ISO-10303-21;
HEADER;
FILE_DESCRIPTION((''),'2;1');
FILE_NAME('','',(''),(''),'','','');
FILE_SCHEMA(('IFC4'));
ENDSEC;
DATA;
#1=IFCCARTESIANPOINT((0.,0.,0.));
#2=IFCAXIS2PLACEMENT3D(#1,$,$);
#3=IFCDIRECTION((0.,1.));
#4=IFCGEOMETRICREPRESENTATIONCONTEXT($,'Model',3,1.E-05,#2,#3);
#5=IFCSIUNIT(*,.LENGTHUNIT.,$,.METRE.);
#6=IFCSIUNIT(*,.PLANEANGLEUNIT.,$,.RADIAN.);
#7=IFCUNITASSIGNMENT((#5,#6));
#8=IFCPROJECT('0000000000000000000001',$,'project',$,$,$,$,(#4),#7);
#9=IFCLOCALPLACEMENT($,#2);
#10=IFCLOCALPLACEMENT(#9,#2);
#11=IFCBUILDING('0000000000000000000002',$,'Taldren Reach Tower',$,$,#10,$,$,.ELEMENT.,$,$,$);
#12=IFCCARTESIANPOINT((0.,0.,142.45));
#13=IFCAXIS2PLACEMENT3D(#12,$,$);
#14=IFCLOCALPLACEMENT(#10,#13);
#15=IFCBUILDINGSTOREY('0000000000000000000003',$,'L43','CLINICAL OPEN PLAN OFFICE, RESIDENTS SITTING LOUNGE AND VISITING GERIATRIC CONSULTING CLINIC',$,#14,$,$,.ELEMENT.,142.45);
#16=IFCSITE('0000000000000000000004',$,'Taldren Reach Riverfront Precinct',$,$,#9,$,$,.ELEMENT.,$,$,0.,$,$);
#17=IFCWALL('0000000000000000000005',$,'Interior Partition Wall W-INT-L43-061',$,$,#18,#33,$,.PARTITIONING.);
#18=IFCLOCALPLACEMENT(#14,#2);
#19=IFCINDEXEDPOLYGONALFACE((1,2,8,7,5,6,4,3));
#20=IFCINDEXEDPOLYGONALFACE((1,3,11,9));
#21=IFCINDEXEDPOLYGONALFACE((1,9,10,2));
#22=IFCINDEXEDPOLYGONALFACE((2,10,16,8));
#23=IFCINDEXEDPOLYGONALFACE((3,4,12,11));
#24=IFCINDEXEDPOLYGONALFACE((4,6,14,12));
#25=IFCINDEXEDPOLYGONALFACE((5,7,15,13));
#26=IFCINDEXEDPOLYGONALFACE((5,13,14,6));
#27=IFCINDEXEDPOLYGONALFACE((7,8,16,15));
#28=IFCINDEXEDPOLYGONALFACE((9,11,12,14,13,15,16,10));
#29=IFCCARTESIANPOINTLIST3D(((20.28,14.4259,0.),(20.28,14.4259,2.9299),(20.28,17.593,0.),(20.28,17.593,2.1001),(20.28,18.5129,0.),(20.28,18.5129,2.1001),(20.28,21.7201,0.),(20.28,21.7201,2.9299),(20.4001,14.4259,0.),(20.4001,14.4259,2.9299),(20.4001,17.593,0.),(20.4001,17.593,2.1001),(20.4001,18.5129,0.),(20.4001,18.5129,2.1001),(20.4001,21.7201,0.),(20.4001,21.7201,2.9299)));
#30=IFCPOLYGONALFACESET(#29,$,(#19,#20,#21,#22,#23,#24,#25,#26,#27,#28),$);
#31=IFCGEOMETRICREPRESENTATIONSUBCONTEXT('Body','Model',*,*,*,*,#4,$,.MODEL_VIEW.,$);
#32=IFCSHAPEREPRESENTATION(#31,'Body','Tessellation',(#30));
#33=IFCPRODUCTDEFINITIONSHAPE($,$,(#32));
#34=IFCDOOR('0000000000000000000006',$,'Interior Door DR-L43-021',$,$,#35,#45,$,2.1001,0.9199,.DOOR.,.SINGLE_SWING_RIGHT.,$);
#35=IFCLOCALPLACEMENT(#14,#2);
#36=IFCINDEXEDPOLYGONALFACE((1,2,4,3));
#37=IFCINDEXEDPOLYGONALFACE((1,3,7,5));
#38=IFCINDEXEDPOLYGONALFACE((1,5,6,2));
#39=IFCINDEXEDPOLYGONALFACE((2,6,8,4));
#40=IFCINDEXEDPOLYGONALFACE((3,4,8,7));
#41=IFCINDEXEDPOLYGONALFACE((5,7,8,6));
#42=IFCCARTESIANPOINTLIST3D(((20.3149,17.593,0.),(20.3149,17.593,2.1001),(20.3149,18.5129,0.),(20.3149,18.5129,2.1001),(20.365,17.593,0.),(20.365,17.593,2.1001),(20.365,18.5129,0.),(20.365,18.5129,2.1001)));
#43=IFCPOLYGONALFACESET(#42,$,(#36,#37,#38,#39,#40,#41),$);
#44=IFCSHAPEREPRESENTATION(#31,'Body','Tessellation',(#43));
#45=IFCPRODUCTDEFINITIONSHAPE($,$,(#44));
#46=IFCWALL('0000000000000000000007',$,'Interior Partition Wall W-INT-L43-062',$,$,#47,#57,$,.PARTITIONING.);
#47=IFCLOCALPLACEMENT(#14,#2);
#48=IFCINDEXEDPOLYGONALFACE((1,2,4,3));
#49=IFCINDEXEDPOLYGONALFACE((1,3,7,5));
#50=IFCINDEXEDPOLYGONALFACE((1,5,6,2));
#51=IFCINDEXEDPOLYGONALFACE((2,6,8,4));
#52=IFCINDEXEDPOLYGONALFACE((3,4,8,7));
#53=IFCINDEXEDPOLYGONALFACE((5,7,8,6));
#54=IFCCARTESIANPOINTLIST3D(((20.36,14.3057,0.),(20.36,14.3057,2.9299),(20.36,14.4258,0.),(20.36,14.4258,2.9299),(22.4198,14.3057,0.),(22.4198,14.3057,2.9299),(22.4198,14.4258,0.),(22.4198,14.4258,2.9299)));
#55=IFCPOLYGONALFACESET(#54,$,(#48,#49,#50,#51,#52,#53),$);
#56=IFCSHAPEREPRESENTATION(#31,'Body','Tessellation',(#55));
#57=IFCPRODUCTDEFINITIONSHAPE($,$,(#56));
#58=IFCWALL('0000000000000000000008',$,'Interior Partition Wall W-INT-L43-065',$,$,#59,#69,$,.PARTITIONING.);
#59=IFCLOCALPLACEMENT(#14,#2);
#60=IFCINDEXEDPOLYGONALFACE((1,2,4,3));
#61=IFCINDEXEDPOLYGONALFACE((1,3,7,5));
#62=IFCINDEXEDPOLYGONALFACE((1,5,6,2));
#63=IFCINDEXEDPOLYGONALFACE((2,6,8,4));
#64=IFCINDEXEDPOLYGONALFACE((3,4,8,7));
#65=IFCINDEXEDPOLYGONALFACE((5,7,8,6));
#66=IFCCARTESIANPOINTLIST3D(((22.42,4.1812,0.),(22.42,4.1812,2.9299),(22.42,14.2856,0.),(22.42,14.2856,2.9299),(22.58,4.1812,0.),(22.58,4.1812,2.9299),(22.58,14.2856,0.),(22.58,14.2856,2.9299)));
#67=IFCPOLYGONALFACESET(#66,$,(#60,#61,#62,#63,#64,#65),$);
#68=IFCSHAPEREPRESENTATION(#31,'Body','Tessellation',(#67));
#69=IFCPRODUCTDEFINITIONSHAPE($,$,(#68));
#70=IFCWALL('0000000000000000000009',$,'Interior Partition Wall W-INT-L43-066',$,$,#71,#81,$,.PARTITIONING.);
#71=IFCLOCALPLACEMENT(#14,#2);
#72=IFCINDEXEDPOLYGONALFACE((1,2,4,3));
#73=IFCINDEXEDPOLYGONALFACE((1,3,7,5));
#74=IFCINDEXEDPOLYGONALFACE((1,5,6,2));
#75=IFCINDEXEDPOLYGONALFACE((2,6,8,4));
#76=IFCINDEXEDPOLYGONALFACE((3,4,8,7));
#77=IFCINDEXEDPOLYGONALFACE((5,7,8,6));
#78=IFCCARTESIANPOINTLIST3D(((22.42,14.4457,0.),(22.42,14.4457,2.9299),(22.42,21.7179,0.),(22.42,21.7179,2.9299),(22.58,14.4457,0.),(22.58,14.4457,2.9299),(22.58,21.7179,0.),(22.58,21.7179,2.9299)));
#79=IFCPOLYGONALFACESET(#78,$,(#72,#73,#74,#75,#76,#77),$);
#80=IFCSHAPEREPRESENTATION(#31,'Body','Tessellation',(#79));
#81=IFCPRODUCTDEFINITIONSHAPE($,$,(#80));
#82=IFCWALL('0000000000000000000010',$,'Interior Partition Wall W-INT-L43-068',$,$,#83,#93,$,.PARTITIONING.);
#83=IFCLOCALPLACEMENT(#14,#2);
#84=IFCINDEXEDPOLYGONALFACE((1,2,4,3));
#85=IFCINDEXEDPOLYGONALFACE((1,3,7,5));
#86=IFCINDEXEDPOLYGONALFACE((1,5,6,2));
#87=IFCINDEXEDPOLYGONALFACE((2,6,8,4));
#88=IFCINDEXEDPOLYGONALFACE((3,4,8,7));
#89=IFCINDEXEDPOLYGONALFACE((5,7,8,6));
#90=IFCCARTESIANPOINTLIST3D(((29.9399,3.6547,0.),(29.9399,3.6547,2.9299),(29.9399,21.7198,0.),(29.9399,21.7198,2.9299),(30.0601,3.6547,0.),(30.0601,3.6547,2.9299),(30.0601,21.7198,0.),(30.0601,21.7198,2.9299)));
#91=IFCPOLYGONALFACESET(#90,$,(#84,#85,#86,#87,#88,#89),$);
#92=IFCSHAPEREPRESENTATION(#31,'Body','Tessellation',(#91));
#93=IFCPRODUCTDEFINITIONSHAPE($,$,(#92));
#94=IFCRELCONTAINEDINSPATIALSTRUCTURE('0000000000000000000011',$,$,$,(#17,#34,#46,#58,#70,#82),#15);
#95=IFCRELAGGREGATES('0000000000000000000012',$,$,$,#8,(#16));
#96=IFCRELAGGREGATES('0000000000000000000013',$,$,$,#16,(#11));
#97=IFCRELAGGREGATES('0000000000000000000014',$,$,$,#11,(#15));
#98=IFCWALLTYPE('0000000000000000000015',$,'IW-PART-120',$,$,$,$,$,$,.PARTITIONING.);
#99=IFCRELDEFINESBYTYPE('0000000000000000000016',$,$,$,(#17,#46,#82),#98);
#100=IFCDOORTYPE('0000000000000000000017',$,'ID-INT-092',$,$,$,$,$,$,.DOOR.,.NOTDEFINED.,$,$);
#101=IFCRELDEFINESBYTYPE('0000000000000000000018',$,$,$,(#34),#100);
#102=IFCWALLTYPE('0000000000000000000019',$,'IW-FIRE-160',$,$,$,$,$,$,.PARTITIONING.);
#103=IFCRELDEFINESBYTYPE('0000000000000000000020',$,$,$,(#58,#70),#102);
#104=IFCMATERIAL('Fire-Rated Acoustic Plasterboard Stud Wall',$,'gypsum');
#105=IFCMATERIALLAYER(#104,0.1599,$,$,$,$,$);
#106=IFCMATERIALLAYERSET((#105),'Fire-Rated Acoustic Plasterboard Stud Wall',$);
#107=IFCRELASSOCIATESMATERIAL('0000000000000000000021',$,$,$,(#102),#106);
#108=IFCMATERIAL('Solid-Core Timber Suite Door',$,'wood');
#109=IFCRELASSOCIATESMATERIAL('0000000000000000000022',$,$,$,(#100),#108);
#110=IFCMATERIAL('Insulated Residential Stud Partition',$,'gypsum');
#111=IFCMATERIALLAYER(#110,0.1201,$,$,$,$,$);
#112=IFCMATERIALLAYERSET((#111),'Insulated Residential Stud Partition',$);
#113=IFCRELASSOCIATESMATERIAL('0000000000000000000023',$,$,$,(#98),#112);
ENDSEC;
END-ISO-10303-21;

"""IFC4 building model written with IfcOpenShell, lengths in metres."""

from ifc_helpers import new_model, si_unit, direction, frame, frame_2d, origin, place, context, subcontext, project, spatial, rectangle, extrude, source, transform, mapped, material, layer, layer_set, type_object, element, fill, save


model = new_model("IFC4")

# Units and contexts
model_context = context("Model", 3, precision=1e-05, world=origin(), true_north=direction((0.0, 1.0)))
body_context = subcontext(model_context, "Body", "Model", "MODEL_VIEW")
ifc_project = project(units=[si_unit("LENGTHUNIT", "METRE"), si_unit("PLANEANGLEUNIT", "RADIAN")], contexts=[model_context])

# Site, building, storey
site_placement = place(None, origin())
site = spatial("IfcSite", under=ifc_project, at=site_placement, Name="Taldren Reach Riverfront Precinct", CompositionType="ELEMENT", RefElevation=0.0)
building_placement = place(site_placement, origin())
building = spatial("IfcBuilding", under=site, at=building_placement, Name="Taldren Reach Tower", CompositionType="ELEMENT")
storey_placement = place(building_placement, frame((0.0, 0.0, 142.45)))
storey = spatial("IfcBuildingStorey", under=building, at=storey_placement, Name="L43", Description="CLINICAL OPEN PLAN OFFICE, RESIDENTS SITTING LOUNGE AND VISITING GERIATRIC CONSULTING CLINIC", CompositionType="ELEMENT", Elevation=142.45)

# Shared definitions
ifc_material_1 = material(Name="Fire-Rated Acoustic Plasterboard Stud Wall", Category="gypsum")
ifc_layer_1 = layer(ifc_material_1, 0.1599)
ifc_layer_set_1 = layer_set([ifc_layer_1], Name="Fire-Rated Acoustic Plasterboard Stud Wall")
wall_type_1 = type_object("IfcWallType", Name="IW-FIRE-160", PredefinedType="PARTITIONING", material=ifc_layer_set_1)
ifc_material_2 = material(Name="Solid-Core Timber Suite Door", Category="wood")
door_type = type_object("IfcDoorType", Name="ID-INT-092", OperationType="NOTDEFINED", PredefinedType="DOOR", material=ifc_material_2)
shared_shape_1 = source(origin(), body_context, "Body", "SweptSolid", [
    extrude(rectangle(XDim=0.9199, YDim=2.1001, at=frame_2d((0.46, 1.05))), frame((0.0, 0.0249, 0.0), z_axis=(0.0, -1.0, 0.0), x_axis=(1.0, 0.0, 0.0)), (0.0, 0.0, 1.0), 0.05),
])

# Wall, opening, door
ifc_material_3 = material(Name="Insulated Residential Stud Partition", Category="gypsum")
ifc_layer_2 = layer(ifc_material_3, 0.1201)
ifc_layer_set_2 = layer_set([ifc_layer_2], Name="Insulated Residential Stud Partition")
wall_type_2 = type_object("IfcWallType", Name="IW-PART-120", PredefinedType="PARTITIONING", material=ifc_layer_set_2)
shared_shape_2 = source(origin(), body_context, "Body", "SweptSolid", [
    extrude(rectangle(XDim=7.2942, YDim=0.1201, at=frame_2d((3.647, 0.0))), origin(), (0.0, 0.0, 1.0), 2.9299),
])
wall_1_placement = place(storey_placement, frame((20.3401, 21.72, 0.0), z_axis=(0.0, 0.0, 1.0), x_axis=(0.0, -1.0, 0.0)))
wall_1 = element("IfcWall", 1, at=wall_1_placement, inside=storey, type_object=wall_type_2, Name="Interior Partition Wall W-INT-L43-061", PredefinedType="PARTITIONING", context=body_context, shape_type="MappedRepresentation", body=[
    mapped(shared_shape_2, transform((0.0, 0.0, 0.0), scale=1.0)),
])
shared_shape_3 = source(origin(), body_context, "Body", "SweptSolid", [
    extrude(rectangle(XDim=0.9199, YDim=2.1001, at=frame_2d((0.46, 1.05))), frame((0.0, 0.0701, 0.0), z_axis=(0.0, -1.0, 0.0), x_axis=(1.0, 0.0, 0.0)), (0.0, 0.0, 1.0), 0.1401),
])
opening_1_placement = place(wall_1_placement, frame((3.207, 0.0, 0.0)))
opening_1 = element("IfcOpeningElement", 2, at=opening_1_placement, cuts=wall_1, PredefinedType="OPENING", context=body_context, shape_type="MappedRepresentation", body=[
    mapped(shared_shape_3, transform((0.0, 0.0, 0.0), scale=1.0)),
])
door_1_placement = place(opening_1_placement, origin())
door_1 = element("IfcDoor", 3, at=door_1_placement, inside=storey, type_object=door_type, Name="Interior Door DR-L43-021", OperationType="SINGLE_SWING_RIGHT", OverallHeight=2.1001, OverallWidth=0.9199, PredefinedType="DOOR", context=body_context, shape_type="MappedRepresentation", body=[
    mapped(shared_shape_1, transform((0.0, 0.0, 0.0), scale=1.0)),
])
fill(opening_1, door_1)

# Walls
shared_shape_4 = source(origin(), body_context, "Body", "SweptSolid", [
    extrude(rectangle(XDim=2.0598, YDim=0.1201, at=frame_2d((1.0298, 0.0))), origin(), (0.0, 0.0, 1.0), 2.9299),
])
wall_2_placement = place(storey_placement, frame((20.3601, 14.3657, 0.0), z_axis=(0.0, 0.0, 1.0), x_axis=(1.0, 0.0, 0.0)))
element("IfcWall", 4, at=wall_2_placement, inside=storey, type_object=wall_type_2, Name="Interior Partition Wall W-INT-L43-062", PredefinedType="PARTITIONING", context=body_context, shape_type="MappedRepresentation", body=[
    mapped(shared_shape_4, transform((0.0, 0.0, 0.0), scale=1.0)),
])
shared_shape_5 = source(origin(), body_context, "Body", "SweptSolid", [
    extrude(rectangle(XDim=10.1045, YDim=0.1599, at=frame_2d((5.0522, 0.0))), origin(), (0.0, 0.0, 1.0), 2.9299),
])
wall_3_placement = place(storey_placement, frame((22.5, 14.2856, 0.0), z_axis=(0.0, 0.0, 1.0), x_axis=(0.0, -1.0, 0.0)))
element("IfcWall", 5, at=wall_3_placement, inside=storey, type_object=wall_type_1, Name="Interior Partition Wall W-INT-L43-065", PredefinedType="PARTITIONING", context=body_context, shape_type="MappedRepresentation", body=[
    mapped(shared_shape_5, transform((0.0, 0.0, 0.0), scale=1.0)),
])
shared_shape_6 = source(origin(), body_context, "Body", "SweptSolid", [
    extrude(rectangle(XDim=7.2722, YDim=0.1599, at=frame_2d((3.6362, 0.0))), origin(), (0.0, 0.0, 1.0), 2.9299),
])
wall_4_placement = place(storey_placement, frame((22.5, 21.718, 0.0), z_axis=(0.0, 0.0, 1.0), x_axis=(0.0, -1.0, 0.0)))
element("IfcWall", 6, at=wall_4_placement, inside=storey, type_object=wall_type_1, Name="Interior Partition Wall W-INT-L43-066", PredefinedType="PARTITIONING", context=body_context, shape_type="MappedRepresentation", body=[
    mapped(shared_shape_6, transform((0.0, 0.0, 0.0), scale=1.0)),
])
shared_shape_7 = source(origin(), body_context, "Body", "SweptSolid", [
    extrude(rectangle(XDim=18.0652, YDim=0.1201, at=frame_2d((9.0327, 0.0))), origin(), (0.0, 0.0, 1.0), 2.9299),
])
wall_5_placement = place(storey_placement, frame((30.0, 21.72, 0.0), z_axis=(0.0, 0.0, 1.0), x_axis=(0.0, -1.0, 0.0)))
element("IfcWall", 7, at=wall_5_placement, inside=storey, type_object=wall_type_2, Name="Interior Partition Wall W-INT-L43-068", PredefinedType="PARTITIONING", context=body_context, shape_type="MappedRepresentation", body=[
    mapped(shared_shape_7, transform((0.0, 0.0, 0.0), scale=1.0)),
])

save(model, "model.ifc")
